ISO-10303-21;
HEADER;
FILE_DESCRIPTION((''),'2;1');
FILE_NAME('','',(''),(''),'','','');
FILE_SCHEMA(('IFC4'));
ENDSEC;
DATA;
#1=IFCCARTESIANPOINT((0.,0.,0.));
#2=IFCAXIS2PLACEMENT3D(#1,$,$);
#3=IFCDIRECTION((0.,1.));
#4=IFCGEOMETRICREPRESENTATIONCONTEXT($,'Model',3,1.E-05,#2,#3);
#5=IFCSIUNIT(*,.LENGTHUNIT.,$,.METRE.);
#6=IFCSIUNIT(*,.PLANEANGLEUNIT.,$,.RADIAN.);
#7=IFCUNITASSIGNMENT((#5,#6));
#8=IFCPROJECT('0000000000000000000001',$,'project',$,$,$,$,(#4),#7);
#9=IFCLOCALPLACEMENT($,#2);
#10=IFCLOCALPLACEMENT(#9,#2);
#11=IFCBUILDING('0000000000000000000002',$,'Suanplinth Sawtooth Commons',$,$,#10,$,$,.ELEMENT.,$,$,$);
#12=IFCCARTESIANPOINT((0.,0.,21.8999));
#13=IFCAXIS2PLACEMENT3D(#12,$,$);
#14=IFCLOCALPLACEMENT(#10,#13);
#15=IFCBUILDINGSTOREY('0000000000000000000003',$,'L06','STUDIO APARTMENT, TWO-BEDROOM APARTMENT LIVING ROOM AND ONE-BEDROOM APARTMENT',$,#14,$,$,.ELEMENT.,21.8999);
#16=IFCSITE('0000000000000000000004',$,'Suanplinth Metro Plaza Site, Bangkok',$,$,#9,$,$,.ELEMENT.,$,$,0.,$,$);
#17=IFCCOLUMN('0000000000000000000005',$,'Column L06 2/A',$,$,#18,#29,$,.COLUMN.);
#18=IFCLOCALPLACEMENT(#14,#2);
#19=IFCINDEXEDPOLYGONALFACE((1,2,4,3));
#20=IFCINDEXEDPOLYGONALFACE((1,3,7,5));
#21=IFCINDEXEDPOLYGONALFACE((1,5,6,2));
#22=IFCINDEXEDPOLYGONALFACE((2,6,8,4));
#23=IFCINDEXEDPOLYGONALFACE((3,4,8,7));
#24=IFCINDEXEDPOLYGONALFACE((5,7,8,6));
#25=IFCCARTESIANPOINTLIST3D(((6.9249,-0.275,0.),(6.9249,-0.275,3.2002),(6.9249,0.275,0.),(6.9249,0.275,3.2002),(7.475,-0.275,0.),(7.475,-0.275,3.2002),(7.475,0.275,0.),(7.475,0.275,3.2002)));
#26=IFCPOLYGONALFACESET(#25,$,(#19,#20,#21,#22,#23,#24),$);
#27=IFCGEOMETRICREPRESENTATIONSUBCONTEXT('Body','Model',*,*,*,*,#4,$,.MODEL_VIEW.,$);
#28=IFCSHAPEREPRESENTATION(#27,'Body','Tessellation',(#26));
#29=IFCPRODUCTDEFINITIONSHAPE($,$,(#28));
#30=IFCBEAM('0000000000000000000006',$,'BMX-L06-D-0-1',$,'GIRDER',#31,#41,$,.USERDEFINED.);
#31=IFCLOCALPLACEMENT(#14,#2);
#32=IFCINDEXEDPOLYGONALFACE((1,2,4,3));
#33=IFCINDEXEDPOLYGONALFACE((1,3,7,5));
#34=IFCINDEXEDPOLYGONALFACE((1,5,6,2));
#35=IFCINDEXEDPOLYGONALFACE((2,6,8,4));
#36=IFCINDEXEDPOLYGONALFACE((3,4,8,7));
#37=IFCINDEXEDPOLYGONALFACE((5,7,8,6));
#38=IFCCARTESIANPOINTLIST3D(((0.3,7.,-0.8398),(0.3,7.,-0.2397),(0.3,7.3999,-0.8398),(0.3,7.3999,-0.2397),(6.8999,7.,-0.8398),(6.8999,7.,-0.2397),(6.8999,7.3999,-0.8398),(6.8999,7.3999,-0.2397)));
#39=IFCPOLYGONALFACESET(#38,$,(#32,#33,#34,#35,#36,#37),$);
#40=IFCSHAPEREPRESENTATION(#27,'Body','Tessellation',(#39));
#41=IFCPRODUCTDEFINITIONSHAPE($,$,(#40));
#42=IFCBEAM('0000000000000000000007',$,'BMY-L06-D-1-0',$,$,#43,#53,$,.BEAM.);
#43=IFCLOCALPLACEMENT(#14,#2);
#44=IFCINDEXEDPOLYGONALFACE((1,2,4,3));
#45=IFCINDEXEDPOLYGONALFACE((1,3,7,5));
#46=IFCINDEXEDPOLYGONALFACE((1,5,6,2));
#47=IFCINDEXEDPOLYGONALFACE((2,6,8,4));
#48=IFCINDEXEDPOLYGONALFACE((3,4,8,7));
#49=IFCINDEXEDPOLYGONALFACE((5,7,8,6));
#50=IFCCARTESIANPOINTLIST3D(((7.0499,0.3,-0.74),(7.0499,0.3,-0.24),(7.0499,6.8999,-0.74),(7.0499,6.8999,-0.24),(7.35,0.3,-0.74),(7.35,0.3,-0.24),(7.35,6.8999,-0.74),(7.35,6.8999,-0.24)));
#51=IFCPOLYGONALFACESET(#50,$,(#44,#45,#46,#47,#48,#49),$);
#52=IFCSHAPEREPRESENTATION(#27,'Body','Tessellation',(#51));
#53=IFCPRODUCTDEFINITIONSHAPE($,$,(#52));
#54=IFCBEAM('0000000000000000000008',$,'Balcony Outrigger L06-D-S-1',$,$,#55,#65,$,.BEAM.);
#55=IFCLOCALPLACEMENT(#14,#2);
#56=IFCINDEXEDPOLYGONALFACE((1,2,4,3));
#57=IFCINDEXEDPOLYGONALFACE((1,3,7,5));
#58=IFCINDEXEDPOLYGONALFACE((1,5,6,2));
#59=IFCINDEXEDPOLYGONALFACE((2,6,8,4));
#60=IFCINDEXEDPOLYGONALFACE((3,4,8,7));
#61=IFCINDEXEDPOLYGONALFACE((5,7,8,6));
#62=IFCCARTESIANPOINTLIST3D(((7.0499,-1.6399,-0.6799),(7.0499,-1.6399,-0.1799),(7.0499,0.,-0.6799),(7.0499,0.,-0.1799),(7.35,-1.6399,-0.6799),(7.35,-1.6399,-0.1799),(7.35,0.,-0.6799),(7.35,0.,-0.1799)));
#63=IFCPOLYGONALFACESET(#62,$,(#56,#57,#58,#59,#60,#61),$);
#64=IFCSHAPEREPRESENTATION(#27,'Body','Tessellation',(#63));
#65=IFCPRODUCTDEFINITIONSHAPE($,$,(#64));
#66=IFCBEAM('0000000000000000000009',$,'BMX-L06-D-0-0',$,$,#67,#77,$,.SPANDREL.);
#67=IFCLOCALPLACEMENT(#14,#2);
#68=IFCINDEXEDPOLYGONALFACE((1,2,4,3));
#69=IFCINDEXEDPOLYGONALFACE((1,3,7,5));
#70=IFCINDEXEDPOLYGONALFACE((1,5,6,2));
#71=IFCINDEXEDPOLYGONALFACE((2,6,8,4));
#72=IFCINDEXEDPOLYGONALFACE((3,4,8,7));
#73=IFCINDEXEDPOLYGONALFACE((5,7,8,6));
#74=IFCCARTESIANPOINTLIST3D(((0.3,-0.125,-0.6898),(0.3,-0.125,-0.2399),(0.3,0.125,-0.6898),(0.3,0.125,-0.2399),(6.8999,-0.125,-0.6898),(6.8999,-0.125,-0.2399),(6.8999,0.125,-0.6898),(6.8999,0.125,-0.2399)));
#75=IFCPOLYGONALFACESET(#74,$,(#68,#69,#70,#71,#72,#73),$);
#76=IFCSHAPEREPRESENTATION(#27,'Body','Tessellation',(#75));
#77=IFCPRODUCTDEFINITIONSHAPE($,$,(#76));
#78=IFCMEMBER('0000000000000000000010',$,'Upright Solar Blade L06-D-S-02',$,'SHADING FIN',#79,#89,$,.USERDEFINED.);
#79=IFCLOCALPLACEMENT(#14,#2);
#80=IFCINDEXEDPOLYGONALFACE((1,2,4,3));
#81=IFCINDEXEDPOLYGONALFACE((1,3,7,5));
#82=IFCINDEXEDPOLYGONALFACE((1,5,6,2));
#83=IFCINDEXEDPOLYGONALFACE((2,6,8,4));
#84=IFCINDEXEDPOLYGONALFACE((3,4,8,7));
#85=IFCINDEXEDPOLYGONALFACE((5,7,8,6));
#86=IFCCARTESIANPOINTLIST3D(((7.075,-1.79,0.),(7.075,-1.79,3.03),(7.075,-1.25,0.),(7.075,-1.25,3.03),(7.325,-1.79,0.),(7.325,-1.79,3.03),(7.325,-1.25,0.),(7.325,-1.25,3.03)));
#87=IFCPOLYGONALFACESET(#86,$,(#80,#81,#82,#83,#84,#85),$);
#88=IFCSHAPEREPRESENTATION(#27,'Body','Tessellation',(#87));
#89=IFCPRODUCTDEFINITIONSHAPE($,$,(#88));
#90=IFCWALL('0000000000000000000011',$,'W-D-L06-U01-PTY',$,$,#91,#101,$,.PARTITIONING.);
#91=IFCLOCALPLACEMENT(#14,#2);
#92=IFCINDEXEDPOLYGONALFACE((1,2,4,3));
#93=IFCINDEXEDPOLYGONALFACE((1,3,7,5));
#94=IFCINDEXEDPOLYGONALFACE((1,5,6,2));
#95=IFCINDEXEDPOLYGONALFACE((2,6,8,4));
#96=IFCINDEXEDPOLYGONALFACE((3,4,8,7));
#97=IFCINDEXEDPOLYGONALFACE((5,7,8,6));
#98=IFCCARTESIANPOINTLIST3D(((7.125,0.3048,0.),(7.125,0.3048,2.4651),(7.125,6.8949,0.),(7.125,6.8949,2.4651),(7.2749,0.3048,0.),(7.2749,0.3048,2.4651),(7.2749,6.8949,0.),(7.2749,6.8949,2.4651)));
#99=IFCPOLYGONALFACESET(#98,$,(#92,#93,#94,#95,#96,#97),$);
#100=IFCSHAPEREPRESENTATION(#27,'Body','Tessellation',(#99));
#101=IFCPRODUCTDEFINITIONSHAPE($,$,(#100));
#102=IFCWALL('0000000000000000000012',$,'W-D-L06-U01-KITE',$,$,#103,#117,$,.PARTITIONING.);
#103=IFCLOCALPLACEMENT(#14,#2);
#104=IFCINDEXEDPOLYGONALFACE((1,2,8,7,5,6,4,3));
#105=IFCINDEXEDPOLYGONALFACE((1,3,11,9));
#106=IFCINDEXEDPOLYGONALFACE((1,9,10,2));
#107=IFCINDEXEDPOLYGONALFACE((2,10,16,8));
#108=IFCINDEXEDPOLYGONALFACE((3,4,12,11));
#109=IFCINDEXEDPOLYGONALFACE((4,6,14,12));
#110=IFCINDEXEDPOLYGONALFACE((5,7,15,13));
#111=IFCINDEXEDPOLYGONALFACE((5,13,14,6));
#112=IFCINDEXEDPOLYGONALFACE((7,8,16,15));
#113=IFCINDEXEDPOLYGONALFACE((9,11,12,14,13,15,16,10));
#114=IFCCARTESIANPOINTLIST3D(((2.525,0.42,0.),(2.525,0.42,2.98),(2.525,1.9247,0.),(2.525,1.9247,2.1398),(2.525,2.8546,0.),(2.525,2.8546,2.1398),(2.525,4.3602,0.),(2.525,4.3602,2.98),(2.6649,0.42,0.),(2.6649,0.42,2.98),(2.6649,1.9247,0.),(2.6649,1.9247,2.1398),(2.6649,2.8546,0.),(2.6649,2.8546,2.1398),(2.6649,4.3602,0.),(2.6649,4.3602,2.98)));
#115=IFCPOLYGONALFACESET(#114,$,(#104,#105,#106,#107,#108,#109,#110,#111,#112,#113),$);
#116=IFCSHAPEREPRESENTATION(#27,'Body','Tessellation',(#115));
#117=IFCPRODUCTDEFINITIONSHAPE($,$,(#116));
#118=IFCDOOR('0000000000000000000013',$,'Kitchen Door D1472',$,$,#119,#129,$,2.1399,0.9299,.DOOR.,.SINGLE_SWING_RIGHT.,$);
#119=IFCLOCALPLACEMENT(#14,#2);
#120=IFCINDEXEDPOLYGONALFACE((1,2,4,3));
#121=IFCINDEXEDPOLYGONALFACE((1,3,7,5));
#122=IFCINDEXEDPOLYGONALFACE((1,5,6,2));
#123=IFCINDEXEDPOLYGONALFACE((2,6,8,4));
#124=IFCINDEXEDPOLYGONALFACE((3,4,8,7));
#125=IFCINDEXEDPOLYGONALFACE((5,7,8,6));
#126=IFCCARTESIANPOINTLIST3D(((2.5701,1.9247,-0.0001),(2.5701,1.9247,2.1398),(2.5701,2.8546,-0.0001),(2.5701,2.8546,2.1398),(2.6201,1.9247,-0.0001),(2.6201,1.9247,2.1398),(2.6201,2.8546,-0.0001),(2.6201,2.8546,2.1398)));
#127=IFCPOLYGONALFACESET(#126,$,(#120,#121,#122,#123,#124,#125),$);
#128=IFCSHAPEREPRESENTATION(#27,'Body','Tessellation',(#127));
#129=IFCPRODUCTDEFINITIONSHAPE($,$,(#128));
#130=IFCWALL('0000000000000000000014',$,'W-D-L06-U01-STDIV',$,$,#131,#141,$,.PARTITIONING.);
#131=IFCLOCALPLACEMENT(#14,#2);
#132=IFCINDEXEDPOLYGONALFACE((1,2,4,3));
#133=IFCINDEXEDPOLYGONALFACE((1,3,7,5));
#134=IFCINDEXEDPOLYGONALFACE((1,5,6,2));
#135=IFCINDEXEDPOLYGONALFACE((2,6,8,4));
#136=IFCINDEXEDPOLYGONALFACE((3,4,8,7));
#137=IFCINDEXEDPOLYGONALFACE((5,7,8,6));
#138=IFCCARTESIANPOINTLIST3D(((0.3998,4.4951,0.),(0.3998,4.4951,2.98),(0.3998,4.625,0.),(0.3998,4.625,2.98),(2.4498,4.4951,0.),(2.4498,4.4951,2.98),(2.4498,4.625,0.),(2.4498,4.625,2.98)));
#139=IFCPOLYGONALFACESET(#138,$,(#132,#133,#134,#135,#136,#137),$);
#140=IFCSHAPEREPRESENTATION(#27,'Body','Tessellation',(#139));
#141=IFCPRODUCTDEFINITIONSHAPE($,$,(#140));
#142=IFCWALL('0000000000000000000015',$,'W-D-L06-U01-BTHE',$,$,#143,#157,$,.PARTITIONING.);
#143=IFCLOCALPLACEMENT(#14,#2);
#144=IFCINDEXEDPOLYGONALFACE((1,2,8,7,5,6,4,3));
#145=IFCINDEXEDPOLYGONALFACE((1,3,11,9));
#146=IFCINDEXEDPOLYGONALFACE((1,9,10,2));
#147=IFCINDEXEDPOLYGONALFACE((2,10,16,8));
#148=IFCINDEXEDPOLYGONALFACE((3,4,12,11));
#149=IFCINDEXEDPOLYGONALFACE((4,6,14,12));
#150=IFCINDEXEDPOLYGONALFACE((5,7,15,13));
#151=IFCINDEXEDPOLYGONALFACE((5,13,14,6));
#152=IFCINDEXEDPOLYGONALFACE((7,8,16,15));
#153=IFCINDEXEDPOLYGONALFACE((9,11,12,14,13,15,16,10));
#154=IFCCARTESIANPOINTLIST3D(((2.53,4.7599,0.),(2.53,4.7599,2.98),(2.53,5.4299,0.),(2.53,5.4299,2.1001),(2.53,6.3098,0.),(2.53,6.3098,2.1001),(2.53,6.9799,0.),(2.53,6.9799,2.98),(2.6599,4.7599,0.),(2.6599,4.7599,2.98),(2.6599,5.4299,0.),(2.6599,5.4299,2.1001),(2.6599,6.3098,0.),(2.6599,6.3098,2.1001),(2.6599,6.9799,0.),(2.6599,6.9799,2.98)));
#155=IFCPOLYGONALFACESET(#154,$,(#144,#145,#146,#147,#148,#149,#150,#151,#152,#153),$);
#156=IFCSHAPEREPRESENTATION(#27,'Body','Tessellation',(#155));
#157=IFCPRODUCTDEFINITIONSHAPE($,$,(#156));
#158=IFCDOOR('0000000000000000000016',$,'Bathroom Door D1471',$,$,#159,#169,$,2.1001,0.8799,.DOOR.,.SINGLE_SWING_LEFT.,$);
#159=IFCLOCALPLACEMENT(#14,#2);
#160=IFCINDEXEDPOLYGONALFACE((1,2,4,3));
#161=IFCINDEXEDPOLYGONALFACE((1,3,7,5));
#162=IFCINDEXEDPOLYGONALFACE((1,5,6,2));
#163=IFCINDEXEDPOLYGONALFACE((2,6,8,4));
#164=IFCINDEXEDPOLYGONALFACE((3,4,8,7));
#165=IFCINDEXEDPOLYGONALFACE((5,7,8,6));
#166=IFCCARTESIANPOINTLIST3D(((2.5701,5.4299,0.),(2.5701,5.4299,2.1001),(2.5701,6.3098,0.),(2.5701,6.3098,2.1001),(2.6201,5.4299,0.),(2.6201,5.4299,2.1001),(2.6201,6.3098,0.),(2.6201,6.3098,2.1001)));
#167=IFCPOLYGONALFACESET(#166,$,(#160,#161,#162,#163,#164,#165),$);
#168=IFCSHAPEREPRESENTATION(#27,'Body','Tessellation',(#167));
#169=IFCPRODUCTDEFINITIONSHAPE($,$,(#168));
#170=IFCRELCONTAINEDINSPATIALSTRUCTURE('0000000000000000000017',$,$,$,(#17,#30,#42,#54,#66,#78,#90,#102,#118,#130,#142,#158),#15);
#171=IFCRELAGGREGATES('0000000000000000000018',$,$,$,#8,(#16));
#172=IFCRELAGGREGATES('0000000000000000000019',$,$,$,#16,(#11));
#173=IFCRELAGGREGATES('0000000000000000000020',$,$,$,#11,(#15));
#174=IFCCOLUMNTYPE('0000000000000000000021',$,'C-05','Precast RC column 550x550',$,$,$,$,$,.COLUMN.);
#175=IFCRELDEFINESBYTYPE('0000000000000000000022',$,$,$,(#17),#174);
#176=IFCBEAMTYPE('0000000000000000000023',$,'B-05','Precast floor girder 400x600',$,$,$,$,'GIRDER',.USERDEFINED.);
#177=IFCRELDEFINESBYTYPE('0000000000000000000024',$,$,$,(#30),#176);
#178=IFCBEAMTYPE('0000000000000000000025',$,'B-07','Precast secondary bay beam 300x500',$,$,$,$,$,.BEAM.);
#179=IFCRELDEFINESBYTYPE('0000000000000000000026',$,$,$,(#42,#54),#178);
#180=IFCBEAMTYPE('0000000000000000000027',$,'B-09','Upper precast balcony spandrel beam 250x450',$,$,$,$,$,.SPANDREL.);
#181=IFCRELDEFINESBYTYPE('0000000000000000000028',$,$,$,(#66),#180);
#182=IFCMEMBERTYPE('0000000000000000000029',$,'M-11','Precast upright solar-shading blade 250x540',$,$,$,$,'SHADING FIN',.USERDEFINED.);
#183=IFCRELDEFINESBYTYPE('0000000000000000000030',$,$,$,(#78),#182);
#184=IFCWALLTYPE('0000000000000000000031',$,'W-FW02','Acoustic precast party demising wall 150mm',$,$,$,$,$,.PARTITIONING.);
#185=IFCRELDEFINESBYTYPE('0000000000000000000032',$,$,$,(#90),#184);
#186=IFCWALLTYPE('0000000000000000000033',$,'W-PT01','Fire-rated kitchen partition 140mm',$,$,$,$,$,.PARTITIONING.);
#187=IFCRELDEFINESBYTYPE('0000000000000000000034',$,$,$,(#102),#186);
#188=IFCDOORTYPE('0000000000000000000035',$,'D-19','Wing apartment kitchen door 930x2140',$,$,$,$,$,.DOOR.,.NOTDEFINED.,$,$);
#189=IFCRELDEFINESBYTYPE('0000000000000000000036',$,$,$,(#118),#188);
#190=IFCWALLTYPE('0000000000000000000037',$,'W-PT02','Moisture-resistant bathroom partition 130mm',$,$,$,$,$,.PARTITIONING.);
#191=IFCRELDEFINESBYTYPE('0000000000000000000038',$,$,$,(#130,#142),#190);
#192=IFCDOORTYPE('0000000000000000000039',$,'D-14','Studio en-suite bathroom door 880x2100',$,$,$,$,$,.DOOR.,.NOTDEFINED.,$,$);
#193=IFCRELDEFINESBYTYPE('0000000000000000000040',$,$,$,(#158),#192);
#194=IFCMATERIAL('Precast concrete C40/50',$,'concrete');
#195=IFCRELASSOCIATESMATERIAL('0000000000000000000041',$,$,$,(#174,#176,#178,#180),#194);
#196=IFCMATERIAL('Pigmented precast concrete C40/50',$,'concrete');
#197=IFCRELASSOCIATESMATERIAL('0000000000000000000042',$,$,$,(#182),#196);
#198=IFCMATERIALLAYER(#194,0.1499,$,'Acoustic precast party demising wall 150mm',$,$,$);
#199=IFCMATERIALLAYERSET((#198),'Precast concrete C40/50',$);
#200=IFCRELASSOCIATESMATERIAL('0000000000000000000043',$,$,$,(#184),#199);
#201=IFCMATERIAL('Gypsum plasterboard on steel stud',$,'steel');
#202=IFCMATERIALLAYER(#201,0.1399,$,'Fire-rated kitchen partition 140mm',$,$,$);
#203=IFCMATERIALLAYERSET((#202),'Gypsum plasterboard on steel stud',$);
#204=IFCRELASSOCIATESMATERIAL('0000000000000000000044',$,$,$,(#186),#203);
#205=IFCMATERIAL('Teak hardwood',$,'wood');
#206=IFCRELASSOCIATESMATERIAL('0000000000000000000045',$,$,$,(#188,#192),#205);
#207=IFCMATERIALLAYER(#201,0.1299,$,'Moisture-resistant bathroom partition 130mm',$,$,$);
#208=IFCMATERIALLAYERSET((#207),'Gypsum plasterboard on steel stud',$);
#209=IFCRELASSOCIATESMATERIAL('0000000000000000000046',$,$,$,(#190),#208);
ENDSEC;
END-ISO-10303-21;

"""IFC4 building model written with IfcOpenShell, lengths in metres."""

from ifc_helpers import new_model, si_unit, direction, frame, frame_2d, origin, origin_2d, place, context, subcontext, project, spatial, rectangle, extrude, material, layer, layer_set, material_profile, profile_set, type_object, element, fill, save


model = new_model("IFC4")

# Units and contexts
model_context = context("Model", 3, precision=1e-05, world=origin(), true_north=direction((0.0, 1.0)))
body_context = subcontext(model_context, "Body", "Model", "MODEL_VIEW")
ifc_project = project(units=[si_unit("LENGTHUNIT", "METRE"), si_unit("PLANEANGLEUNIT", "RADIAN")], contexts=[model_context])

# Site, building, storey
site_placement = place(None, origin())
site = spatial("IfcSite", under=ifc_project, at=site_placement, Name="Suanplinth Metro Plaza Site, Bangkok", CompositionType="ELEMENT", RefElevation=0.0)
building_placement = place(site_placement, origin())
building = spatial("IfcBuilding", under=site, at=building_placement, Name="Suanplinth Sawtooth Commons", CompositionType="ELEMENT")
storey_placement = place(building_placement, frame((0.0, 0.0, 21.8999)))
storey = spatial("IfcBuildingStorey", under=building, at=storey_placement, Name="L06", Description="STUDIO APARTMENT, TWO-BEDROOM APARTMENT LIVING ROOM AND ONE-BEDROOM APARTMENT", CompositionType="ELEMENT", Elevation=21.8999)

# Column
ifc_material_1 = material(Name="Precast concrete C40/50", Category="concrete")
ifc_material_profile_1 = material_profile(ifc_material_1, rectangle(XDim=0.55, YDim=0.55, at=origin_2d()), Name="PC-COL 550x550")
ifc_profile_set_1 = profile_set([ifc_material_profile_1], Name="Precast concrete C40/50")
column_type = type_object("IfcColumnType", Name="C-05", Description="Precast RC column 550x550", PredefinedType="COLUMN", material=ifc_profile_set_1)
column_placement = place(storey_placement, frame((7.2, 0.0, 0.0), z_axis=(0.0, 0.0, 1.0), x_axis=(1.0, 0.0, 0.0)))
element("IfcColumn", 1, at=column_placement, inside=storey, type_object=column_type, Name="Column L06 2/A", PredefinedType="COLUMN", context=body_context, shape_type="SweptSolid", body=[
    extrude(rectangle(XDim=0.55, YDim=0.55, at=origin_2d()), origin(), (0.0, 0.0, 1.0), 3.2002),
])

# Beams
ifc_material_profile_2 = material_profile(ifc_material_1, rectangle(XDim=0.3999, YDim=0.6001, at=origin_2d()), Name="PC-GDR 400x600")
ifc_profile_set_2 = profile_set([ifc_material_profile_2], Name="Precast concrete C40/50")
beam_type_1 = type_object("IfcBeamType", Name="B-05", Description="Precast floor girder 400x600", ElementType="GIRDER", PredefinedType="USERDEFINED", material=ifc_profile_set_2)
beam_1_placement = place(storey_placement, frame((0.3, 7.2, -0.5398), z_axis=(1.0, 0.0, 0.0), x_axis=(0.0, 1.0, 0.0)))
element("IfcBeam", 2, at=beam_1_placement, inside=storey, type_object=beam_type_1, Name="BMX-L06-D-0-1", ObjectType="GIRDER", PredefinedType="USERDEFINED", context=body_context, shape_type="SweptSolid", body=[
    extrude(rectangle(XDim=0.3999, YDim=0.6001, at=origin_2d()), origin(), (0.0, 0.0, 1.0), 6.5999),
])
ifc_material_profile_3 = material_profile(ifc_material_1, rectangle(XDim=0.3, YDim=0.5, at=origin_2d()), Name="PC-BM 300x500")
ifc_profile_set_3 = profile_set([ifc_material_profile_3], Name="Precast concrete C40/50")
beam_type_2 = type_object("IfcBeamType", Name="B-07", Description="Precast secondary bay beam 300x500", PredefinedType="BEAM", material=ifc_profile_set_3)
beam_2_placement = place(storey_placement, frame((7.2, 0.3, -0.49), z_axis=(0.0, 1.0, 0.0), x_axis=(-1.0, 0.0, 0.0)))
element("IfcBeam", 3, at=beam_2_placement, inside=storey, type_object=beam_type_2, Name="BMY-L06-D-1-0", PredefinedType="BEAM", context=body_context, shape_type="SweptSolid", body=[
    extrude(rectangle(XDim=0.3, YDim=0.5, at=origin_2d()), origin(), (0.0, 0.0, 1.0), 6.5999),
])
beam_3_placement = place(storey_placement, frame((7.2, 0.0, -0.4299), z_axis=(0.0, -1.0, 0.0), x_axis=(1.0, 0.0, 0.0)))
element("IfcBeam", 4, at=beam_3_placement, inside=storey, type_object=beam_type_2, Name="Balcony Outrigger L06-D-S-1", PredefinedType="BEAM", context=body_context, shape_type="SweptSolid", body=[
    extrude(rectangle(XDim=0.3, YDim=0.5, at=origin_2d()), origin(), (0.0, 0.0, 1.0), 1.6399),
])
ifc_material_profile_4 = material_profile(ifc_material_1, rectangle(XDim=0.25, YDim=0.45, at=origin_2d()), Name="PC-SP 250x450")
ifc_profile_set_4 = profile_set([ifc_material_profile_4], Name="Precast concrete C40/50")
beam_type_3 = type_object("IfcBeamType", Name="B-09", Description="Upper precast balcony spandrel beam 250x450", PredefinedType="SPANDREL", material=ifc_profile_set_4)
beam_4_placement = place(storey_placement, frame((0.3, 0.0, -0.4648), z_axis=(1.0, 0.0, 0.0), x_axis=(0.0, 1.0, 0.0)))
element("IfcBeam", 5, at=beam_4_placement, inside=storey, type_object=beam_type_3, Name="BMX-L06-D-0-0", PredefinedType="SPANDREL", context=body_context, shape_type="SweptSolid", body=[
    extrude(rectangle(XDim=0.25, YDim=0.45, at=origin_2d()), origin(), (0.0, 0.0, 1.0), 6.5999),
])

# Member
ifc_material_2 = material(Name="Pigmented precast concrete C40/50", Category="concrete")
ifc_material_profile_5 = material_profile(ifc_material_2, rectangle(XDim=0.25, YDim=0.54, at=origin_2d()), Name="PC-FIN 250x540")
ifc_profile_set_5 = profile_set([ifc_material_profile_5], Name="Pigmented precast concrete C40/50")
member_type = type_object("IfcMemberType", Name="M-11", Description="Precast upright solar-shading blade 250x540", ElementType="SHADING FIN", PredefinedType="USERDEFINED", material=ifc_profile_set_5)
member_placement = place(storey_placement, frame((7.2, -1.52, 0.0), z_axis=(0.0, 0.0, 1.0), x_axis=(1.0, 0.0, 0.0)))
element("IfcMember", 6, at=member_placement, inside=storey, type_object=member_type, Name="Upright Solar Blade L06-D-S-02", ObjectType="SHADING FIN", PredefinedType="USERDEFINED", context=body_context, shape_type="SweptSolid", body=[
    extrude(rectangle(XDim=0.25, YDim=0.54, at=origin_2d()), origin(), (0.0, 0.0, 1.0), 3.03),
])

# Wall
ifc_layer_1 = layer(ifc_material_1, 0.1499, Name="Acoustic precast party demising wall 150mm")
ifc_layer_set_1 = layer_set([ifc_layer_1], Name="Precast concrete C40/50")
wall_type_1 = type_object("IfcWallType", Name="W-FW02", Description="Acoustic precast party demising wall 150mm", PredefinedType="PARTITIONING", material=ifc_layer_set_1)
wall_1_placement = place(storey_placement, frame((7.2, 0.3049, 0.0), z_axis=(0.0, 0.0, 1.0), x_axis=(0.0, 1.0, 0.0)))
element("IfcWall", 7, at=wall_1_placement, inside=storey, type_object=wall_type_1, Name="W-D-L06-U01-PTY", PredefinedType="PARTITIONING", context=body_context, shape_type="SweptSolid", body=[
    extrude(rectangle(XDim=6.5901, YDim=0.1499, at=frame_2d((3.2949, 0.0))), origin(), (0.0, 0.0, 1.0), 2.4651),
])

# Wall, opening, door
ifc_material_3 = material(Name="Gypsum plasterboard on steel stud", Category="steel")
ifc_layer_2 = layer(ifc_material_3, 0.1399, Name="Fire-rated kitchen partition 140mm")
ifc_layer_set_2 = layer_set([ifc_layer_2], Name="Gypsum plasterboard on steel stud")
wall_type_2 = type_object("IfcWallType", Name="W-PT01", Description="Fire-rated kitchen partition 140mm", PredefinedType="PARTITIONING", material=ifc_layer_set_2)
wall_2_placement = place(storey_placement, frame((2.595, 0.4199, 0.0), z_axis=(0.0, 0.0, 1.0), x_axis=(0.0, 1.0, 0.0)))
wall_2 = element("IfcWall", 8, at=wall_2_placement, inside=storey, type_object=wall_type_2, Name="W-D-L06-U01-KITE", PredefinedType="PARTITIONING", context=body_context, shape_type="SweptSolid", body=[
    extrude(rectangle(XDim=3.9402, YDim=0.1399, at=frame_2d((1.9702, 0.0))), origin(), (0.0, 0.0, 1.0), 2.98),
])
opening_1_placement = place(wall_2_placement, frame((1.5049, 0.0, 0.0)))
opening_1 = element("IfcOpeningElement", 9, at=opening_1_placement, cuts=wall_2, PredefinedType="OPENING", context=body_context, shape_type="SweptSolid", body=[
    extrude(rectangle(XDim=0.9299, YDim=2.1399, at=frame_2d((0.4648, 1.0698))), frame((0.0, 0.085, 0.0), z_axis=(0.0, -1.0, 0.0), x_axis=(1.0, 0.0, 0.0)), (0.0, 0.0, 1.0), 0.1697),
])
ifc_material_4 = material(Name="Teak hardwood", Category="wood")
door_type_1 = type_object("IfcDoorType", Name="D-19", Description="Wing apartment kitchen door 930x2140", OperationType="NOTDEFINED", PredefinedType="DOOR", material=ifc_material_4)
door_1_placement = place(opening_1_placement, origin())
door_1 = element("IfcDoor", 10, at=door_1_placement, inside=storey, type_object=door_type_1, Name="Kitchen Door D1472", OperationType="SINGLE_SWING_RIGHT", OverallHeight=2.1399, OverallWidth=0.9299, PredefinedType="DOOR", context=body_context, shape_type="SweptSolid", body=[
    extrude(rectangle(XDim=0.9299, YDim=2.1399, at=frame_2d((0.4648, 1.0698))), frame((0.0, 0.0249, 0.0), z_axis=(0.0, -1.0, 0.0), x_axis=(1.0, 0.0, 0.0)), (0.0, 0.0, 1.0), 0.05),
])
fill(opening_1, door_1)

# Wall
ifc_layer_3 = layer(ifc_material_3, 0.1299, Name="Moisture-resistant bathroom partition 130mm")
ifc_layer_set_3 = layer_set([ifc_layer_3], Name="Gypsum plasterboard on steel stud")
wall_type_3 = type_object("IfcWallType", Name="W-PT02", Description="Moisture-resistant bathroom partition 130mm", PredefinedType="PARTITIONING", material=ifc_layer_set_3)
wall_3_placement = place(storey_placement, frame((0.3999, 4.5601, 0.0), z_axis=(0.0, 0.0, 1.0), x_axis=(1.0, 0.0, 0.0)))
element("IfcWall", 11, at=wall_3_placement, inside=storey, type_object=wall_type_3, Name="W-D-L06-U01-STDIV", PredefinedType="PARTITIONING", context=body_context, shape_type="SweptSolid", body=[
    extrude(rectangle(XDim=2.05, YDim=0.1299, at=frame_2d((1.0249, 0.0))), origin(), (0.0, 0.0, 1.0), 2.98),
])

# Wall, opening, door
wall_4_placement = place(storey_placement, frame((2.595, 4.76, 0.0), z_axis=(0.0, 0.0, 1.0), x_axis=(0.0, 1.0, 0.0)))
wall_4 = element("IfcWall", 12, at=wall_4_placement, inside=storey, type_object=wall_type_3, Name="W-D-L06-U01-BTHE", PredefinedType="PARTITIONING", context=body_context, shape_type="SweptSolid", body=[
    extrude(rectangle(XDim=2.22, YDim=0.1299, at=frame_2d((1.1099, 0.0))), origin(), (0.0, 0.0, 1.0), 2.98),
])
opening_2_placement = place(wall_4_placement, frame((0.6699, 0.0, 0.0)))
opening_2 = element("IfcOpeningElement", 13, at=opening_2_placement, cuts=wall_4, PredefinedType="OPENING", context=body_context, shape_type="SweptSolid", body=[
    extrude(rectangle(XDim=0.8799, YDim=2.1001, at=frame_2d((0.4399, 1.05))), frame((0.0, 0.0798, 0.0), z_axis=(0.0, -1.0, 0.0), x_axis=(1.0, 0.0, 0.0)), (0.0, 0.0, 1.0), 0.1597),
])
door_type_2 = type_object("IfcDoorType", Name="D-14", Description="Studio en-suite bathroom door 880x2100", OperationType="NOTDEFINED", PredefinedType="DOOR", material=ifc_material_4)
door_2_placement = place(opening_2_placement, origin())
door_2 = element("IfcDoor", 14, at=door_2_placement, inside=storey, type_object=door_type_2, Name="Bathroom Door D1471", OperationType="SINGLE_SWING_LEFT", OverallHeight=2.1001, OverallWidth=0.8799, PredefinedType="DOOR", context=body_context, shape_type="SweptSolid", body=[
    extrude(rectangle(XDim=0.8799, YDim=2.1001, at=frame_2d((0.4399, 1.05))), frame((0.0, 0.0249, 0.0), z_axis=(0.0, -1.0, 0.0), x_axis=(1.0, 0.0, 0.0)), (0.0, 0.0, 1.0), 0.05),
])
fill(opening_2, door_2)

save(model, "model.ifc")
